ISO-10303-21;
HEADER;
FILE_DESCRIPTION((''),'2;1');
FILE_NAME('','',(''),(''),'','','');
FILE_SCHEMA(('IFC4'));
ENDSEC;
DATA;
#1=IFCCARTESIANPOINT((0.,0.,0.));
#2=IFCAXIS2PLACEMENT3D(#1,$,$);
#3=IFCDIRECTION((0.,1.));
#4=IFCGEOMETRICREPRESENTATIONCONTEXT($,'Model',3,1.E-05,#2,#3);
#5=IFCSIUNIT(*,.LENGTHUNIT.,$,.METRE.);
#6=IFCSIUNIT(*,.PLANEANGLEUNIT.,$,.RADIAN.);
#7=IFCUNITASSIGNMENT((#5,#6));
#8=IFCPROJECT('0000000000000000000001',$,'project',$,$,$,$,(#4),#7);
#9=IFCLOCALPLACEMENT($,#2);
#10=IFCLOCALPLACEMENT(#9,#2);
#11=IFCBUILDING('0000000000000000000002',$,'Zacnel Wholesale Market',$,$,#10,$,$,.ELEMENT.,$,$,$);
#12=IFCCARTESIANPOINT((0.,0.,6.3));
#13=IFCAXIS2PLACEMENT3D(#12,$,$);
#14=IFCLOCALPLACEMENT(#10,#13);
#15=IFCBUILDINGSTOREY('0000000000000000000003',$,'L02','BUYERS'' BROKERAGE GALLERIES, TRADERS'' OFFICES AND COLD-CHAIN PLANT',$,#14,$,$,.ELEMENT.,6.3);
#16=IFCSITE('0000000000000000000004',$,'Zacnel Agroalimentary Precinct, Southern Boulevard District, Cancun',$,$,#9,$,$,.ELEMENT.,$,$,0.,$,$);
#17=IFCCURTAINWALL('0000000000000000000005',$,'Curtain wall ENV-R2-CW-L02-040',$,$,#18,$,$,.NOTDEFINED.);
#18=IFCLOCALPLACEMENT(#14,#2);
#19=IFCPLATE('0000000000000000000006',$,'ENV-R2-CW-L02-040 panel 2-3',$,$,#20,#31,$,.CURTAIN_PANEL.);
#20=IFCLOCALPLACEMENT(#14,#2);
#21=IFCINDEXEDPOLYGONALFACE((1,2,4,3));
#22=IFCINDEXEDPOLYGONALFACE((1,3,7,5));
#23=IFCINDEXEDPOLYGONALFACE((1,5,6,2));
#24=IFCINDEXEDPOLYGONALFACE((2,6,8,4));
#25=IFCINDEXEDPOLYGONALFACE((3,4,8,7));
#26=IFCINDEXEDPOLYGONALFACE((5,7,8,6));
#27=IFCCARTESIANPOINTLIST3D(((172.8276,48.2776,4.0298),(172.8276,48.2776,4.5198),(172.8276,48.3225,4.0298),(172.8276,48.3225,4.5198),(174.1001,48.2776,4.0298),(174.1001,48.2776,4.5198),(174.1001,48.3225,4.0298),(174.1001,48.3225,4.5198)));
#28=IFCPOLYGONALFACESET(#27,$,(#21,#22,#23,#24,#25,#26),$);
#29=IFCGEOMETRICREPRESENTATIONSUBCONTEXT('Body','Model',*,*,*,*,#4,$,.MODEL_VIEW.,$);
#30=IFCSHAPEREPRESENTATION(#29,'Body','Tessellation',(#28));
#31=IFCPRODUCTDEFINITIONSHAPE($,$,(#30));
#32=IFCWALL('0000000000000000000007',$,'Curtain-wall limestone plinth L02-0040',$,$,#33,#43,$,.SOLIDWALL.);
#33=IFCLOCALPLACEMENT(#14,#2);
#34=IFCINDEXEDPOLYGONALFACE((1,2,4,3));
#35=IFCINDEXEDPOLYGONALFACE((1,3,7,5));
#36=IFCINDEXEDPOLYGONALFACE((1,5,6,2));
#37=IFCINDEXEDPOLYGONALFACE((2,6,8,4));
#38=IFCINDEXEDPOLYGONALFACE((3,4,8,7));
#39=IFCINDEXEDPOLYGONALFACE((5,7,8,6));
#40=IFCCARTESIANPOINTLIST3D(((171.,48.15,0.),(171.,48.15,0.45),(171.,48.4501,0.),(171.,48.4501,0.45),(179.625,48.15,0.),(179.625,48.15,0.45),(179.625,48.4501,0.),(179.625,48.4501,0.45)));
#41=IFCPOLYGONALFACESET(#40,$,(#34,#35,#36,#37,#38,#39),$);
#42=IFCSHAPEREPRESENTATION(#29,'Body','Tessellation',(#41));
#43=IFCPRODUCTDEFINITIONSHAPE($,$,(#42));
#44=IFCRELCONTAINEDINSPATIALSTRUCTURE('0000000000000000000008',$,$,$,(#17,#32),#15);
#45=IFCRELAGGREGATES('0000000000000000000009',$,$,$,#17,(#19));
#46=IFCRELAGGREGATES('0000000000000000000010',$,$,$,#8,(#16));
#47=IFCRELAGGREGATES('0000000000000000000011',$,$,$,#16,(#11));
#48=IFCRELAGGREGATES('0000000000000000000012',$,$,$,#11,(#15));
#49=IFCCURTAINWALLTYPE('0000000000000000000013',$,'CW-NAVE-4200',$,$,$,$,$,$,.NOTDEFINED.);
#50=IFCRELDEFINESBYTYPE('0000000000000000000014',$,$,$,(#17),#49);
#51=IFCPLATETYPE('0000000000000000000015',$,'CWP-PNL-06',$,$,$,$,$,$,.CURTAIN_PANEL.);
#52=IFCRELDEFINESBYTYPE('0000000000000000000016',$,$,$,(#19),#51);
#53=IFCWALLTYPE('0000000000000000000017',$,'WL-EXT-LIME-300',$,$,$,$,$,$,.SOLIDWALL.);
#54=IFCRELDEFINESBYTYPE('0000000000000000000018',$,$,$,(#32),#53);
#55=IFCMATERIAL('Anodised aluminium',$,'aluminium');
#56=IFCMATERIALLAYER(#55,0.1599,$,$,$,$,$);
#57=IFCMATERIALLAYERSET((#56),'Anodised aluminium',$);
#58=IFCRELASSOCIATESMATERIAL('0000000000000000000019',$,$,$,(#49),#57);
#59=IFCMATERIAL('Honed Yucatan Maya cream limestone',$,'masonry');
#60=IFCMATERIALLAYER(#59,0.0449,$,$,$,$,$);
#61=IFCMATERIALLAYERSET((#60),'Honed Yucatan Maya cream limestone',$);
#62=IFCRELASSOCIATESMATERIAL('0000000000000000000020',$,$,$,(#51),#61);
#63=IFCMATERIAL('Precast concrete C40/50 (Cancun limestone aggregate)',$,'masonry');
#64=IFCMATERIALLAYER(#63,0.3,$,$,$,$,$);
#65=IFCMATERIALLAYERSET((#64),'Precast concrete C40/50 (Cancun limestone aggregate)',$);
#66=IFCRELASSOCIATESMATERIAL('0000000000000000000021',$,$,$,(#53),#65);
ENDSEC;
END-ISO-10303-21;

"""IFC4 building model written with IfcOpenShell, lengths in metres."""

from ifc_helpers import new_model, si_unit, direction, frame, frame_2d, origin, origin_2d, place, context, subcontext, project, spatial, rectangle, extrude, material, layer, layer_set, type_object, element, aggregate, save


model = new_model("IFC4")

# Units and contexts
model_context = context("Model", 3, precision=1e-05, world=origin(), true_north=direction((0.0, 1.0)))
body_context = subcontext(model_context, "Body", "Model", "MODEL_VIEW")
ifc_project = project(units=[si_unit("LENGTHUNIT", "METRE"), si_unit("PLANEANGLEUNIT", "RADIAN")], contexts=[model_context])

# Site, building, storey
site_placement = place(None, origin())
site = spatial("IfcSite", under=ifc_project, at=site_placement, Name="Zacnel Agroalimentary Precinct, Southern Boulevard District, Cancun", CompositionType="ELEMENT", RefElevation=0.0)
building_placement = place(site_placement, origin())
building = spatial("IfcBuilding", under=site, at=building_placement, Name="Zacnel Wholesale Market", CompositionType="ELEMENT")
storey_placement = place(building_placement, frame((0.0, 0.0, 6.3)))
storey = spatial("IfcBuildingStorey", under=building, at=storey_placement, Name="L02", Description="BUYERS' BROKERAGE GALLERIES, TRADERS' OFFICES AND COLD-CHAIN PLANT", CompositionType="ELEMENT", Elevation=6.3)

# Curtain wall
ifc_material_1 = material(Name="Anodised aluminium", Category="aluminium")
ifc_layer_1 = layer(ifc_material_1, 0.1599)
ifc_layer_set_1 = layer_set([ifc_layer_1], Name="Anodised aluminium")
curtain_wall_type = type_object("IfcCurtainWallType", Name="CW-NAVE-4200", PredefinedType="NOTDEFINED", material=ifc_layer_set_1)
curtain_wall_1_placement = place(storey_placement, origin())
curtain_wall_1 = element("IfcCurtainWall", 1, at=curtain_wall_1_placement, inside=storey, type_object=curtain_wall_type, Name="Curtain wall ENV-R2-CW-L02-040", PredefinedType="NOTDEFINED")

# Plate
ifc_material_2 = material(Name="Honed Yucatan Maya cream limestone", Category="masonry")
ifc_layer_2 = layer(ifc_material_2, 0.0449)
ifc_layer_set_2 = layer_set([ifc_layer_2], Name="Honed Yucatan Maya cream limestone")
plate_type_1 = type_object("IfcPlateType", Name="CWP-PNL-06", PredefinedType="CURTAIN_PANEL", material=ifc_layer_set_2)
plate_1_placement = place(storey_placement, frame((173.4639, 48.3, 4.0298), z_axis=(0.0, 0.0, 1.0), x_axis=(1.0, 0.0, 0.0)))
plate_1 = element("IfcPlate", 2, at=plate_1_placement, type_object=plate_type_1, Name="ENV-R2-CW-L02-040 panel 2-3", PredefinedType="CURTAIN_PANEL", context=body_context, shape_type="SweptSolid", body=[
    extrude(rectangle(XDim=1.2725, YDim=0.0449, at=origin_2d()), origin(), (0.0, 0.0, 1.0), 0.49),
])
aggregate(curtain_wall_1, [plate_1])

# Wall
ifc_material_3 = material(Name="Precast concrete C40/50 (Cancun limestone aggregate)", Category="masonry")
ifc_layer_3 = layer(ifc_material_3, 0.3)
ifc_layer_set_3 = layer_set([ifc_layer_3], Name="Precast concrete C40/50 (Cancun limestone aggregate)")
wall_type = type_object("IfcWallType", Name="WL-EXT-LIME-300", PredefinedType="SOLIDWALL", material=ifc_layer_set_3)
wall_placement = place(storey_placement, frame((171.0, 48.3, 0.0), z_axis=(0.0, 0.0, 1.0), x_axis=(1.0, 0.0, 0.0)))
element("IfcWall", 3, at=wall_placement, inside=storey, type_object=wall_type, Name="Curtain-wall limestone plinth L02-0040", PredefinedType="SOLIDWALL", context=body_context, shape_type="SweptSolid", body=[
    extrude(rectangle(XDim=8.625, YDim=0.3, at=frame_2d((4.3125, 0.0))), origin(), (0.0, 0.0, 1.0), 0.45),
])

save(model, "model.ifc")
